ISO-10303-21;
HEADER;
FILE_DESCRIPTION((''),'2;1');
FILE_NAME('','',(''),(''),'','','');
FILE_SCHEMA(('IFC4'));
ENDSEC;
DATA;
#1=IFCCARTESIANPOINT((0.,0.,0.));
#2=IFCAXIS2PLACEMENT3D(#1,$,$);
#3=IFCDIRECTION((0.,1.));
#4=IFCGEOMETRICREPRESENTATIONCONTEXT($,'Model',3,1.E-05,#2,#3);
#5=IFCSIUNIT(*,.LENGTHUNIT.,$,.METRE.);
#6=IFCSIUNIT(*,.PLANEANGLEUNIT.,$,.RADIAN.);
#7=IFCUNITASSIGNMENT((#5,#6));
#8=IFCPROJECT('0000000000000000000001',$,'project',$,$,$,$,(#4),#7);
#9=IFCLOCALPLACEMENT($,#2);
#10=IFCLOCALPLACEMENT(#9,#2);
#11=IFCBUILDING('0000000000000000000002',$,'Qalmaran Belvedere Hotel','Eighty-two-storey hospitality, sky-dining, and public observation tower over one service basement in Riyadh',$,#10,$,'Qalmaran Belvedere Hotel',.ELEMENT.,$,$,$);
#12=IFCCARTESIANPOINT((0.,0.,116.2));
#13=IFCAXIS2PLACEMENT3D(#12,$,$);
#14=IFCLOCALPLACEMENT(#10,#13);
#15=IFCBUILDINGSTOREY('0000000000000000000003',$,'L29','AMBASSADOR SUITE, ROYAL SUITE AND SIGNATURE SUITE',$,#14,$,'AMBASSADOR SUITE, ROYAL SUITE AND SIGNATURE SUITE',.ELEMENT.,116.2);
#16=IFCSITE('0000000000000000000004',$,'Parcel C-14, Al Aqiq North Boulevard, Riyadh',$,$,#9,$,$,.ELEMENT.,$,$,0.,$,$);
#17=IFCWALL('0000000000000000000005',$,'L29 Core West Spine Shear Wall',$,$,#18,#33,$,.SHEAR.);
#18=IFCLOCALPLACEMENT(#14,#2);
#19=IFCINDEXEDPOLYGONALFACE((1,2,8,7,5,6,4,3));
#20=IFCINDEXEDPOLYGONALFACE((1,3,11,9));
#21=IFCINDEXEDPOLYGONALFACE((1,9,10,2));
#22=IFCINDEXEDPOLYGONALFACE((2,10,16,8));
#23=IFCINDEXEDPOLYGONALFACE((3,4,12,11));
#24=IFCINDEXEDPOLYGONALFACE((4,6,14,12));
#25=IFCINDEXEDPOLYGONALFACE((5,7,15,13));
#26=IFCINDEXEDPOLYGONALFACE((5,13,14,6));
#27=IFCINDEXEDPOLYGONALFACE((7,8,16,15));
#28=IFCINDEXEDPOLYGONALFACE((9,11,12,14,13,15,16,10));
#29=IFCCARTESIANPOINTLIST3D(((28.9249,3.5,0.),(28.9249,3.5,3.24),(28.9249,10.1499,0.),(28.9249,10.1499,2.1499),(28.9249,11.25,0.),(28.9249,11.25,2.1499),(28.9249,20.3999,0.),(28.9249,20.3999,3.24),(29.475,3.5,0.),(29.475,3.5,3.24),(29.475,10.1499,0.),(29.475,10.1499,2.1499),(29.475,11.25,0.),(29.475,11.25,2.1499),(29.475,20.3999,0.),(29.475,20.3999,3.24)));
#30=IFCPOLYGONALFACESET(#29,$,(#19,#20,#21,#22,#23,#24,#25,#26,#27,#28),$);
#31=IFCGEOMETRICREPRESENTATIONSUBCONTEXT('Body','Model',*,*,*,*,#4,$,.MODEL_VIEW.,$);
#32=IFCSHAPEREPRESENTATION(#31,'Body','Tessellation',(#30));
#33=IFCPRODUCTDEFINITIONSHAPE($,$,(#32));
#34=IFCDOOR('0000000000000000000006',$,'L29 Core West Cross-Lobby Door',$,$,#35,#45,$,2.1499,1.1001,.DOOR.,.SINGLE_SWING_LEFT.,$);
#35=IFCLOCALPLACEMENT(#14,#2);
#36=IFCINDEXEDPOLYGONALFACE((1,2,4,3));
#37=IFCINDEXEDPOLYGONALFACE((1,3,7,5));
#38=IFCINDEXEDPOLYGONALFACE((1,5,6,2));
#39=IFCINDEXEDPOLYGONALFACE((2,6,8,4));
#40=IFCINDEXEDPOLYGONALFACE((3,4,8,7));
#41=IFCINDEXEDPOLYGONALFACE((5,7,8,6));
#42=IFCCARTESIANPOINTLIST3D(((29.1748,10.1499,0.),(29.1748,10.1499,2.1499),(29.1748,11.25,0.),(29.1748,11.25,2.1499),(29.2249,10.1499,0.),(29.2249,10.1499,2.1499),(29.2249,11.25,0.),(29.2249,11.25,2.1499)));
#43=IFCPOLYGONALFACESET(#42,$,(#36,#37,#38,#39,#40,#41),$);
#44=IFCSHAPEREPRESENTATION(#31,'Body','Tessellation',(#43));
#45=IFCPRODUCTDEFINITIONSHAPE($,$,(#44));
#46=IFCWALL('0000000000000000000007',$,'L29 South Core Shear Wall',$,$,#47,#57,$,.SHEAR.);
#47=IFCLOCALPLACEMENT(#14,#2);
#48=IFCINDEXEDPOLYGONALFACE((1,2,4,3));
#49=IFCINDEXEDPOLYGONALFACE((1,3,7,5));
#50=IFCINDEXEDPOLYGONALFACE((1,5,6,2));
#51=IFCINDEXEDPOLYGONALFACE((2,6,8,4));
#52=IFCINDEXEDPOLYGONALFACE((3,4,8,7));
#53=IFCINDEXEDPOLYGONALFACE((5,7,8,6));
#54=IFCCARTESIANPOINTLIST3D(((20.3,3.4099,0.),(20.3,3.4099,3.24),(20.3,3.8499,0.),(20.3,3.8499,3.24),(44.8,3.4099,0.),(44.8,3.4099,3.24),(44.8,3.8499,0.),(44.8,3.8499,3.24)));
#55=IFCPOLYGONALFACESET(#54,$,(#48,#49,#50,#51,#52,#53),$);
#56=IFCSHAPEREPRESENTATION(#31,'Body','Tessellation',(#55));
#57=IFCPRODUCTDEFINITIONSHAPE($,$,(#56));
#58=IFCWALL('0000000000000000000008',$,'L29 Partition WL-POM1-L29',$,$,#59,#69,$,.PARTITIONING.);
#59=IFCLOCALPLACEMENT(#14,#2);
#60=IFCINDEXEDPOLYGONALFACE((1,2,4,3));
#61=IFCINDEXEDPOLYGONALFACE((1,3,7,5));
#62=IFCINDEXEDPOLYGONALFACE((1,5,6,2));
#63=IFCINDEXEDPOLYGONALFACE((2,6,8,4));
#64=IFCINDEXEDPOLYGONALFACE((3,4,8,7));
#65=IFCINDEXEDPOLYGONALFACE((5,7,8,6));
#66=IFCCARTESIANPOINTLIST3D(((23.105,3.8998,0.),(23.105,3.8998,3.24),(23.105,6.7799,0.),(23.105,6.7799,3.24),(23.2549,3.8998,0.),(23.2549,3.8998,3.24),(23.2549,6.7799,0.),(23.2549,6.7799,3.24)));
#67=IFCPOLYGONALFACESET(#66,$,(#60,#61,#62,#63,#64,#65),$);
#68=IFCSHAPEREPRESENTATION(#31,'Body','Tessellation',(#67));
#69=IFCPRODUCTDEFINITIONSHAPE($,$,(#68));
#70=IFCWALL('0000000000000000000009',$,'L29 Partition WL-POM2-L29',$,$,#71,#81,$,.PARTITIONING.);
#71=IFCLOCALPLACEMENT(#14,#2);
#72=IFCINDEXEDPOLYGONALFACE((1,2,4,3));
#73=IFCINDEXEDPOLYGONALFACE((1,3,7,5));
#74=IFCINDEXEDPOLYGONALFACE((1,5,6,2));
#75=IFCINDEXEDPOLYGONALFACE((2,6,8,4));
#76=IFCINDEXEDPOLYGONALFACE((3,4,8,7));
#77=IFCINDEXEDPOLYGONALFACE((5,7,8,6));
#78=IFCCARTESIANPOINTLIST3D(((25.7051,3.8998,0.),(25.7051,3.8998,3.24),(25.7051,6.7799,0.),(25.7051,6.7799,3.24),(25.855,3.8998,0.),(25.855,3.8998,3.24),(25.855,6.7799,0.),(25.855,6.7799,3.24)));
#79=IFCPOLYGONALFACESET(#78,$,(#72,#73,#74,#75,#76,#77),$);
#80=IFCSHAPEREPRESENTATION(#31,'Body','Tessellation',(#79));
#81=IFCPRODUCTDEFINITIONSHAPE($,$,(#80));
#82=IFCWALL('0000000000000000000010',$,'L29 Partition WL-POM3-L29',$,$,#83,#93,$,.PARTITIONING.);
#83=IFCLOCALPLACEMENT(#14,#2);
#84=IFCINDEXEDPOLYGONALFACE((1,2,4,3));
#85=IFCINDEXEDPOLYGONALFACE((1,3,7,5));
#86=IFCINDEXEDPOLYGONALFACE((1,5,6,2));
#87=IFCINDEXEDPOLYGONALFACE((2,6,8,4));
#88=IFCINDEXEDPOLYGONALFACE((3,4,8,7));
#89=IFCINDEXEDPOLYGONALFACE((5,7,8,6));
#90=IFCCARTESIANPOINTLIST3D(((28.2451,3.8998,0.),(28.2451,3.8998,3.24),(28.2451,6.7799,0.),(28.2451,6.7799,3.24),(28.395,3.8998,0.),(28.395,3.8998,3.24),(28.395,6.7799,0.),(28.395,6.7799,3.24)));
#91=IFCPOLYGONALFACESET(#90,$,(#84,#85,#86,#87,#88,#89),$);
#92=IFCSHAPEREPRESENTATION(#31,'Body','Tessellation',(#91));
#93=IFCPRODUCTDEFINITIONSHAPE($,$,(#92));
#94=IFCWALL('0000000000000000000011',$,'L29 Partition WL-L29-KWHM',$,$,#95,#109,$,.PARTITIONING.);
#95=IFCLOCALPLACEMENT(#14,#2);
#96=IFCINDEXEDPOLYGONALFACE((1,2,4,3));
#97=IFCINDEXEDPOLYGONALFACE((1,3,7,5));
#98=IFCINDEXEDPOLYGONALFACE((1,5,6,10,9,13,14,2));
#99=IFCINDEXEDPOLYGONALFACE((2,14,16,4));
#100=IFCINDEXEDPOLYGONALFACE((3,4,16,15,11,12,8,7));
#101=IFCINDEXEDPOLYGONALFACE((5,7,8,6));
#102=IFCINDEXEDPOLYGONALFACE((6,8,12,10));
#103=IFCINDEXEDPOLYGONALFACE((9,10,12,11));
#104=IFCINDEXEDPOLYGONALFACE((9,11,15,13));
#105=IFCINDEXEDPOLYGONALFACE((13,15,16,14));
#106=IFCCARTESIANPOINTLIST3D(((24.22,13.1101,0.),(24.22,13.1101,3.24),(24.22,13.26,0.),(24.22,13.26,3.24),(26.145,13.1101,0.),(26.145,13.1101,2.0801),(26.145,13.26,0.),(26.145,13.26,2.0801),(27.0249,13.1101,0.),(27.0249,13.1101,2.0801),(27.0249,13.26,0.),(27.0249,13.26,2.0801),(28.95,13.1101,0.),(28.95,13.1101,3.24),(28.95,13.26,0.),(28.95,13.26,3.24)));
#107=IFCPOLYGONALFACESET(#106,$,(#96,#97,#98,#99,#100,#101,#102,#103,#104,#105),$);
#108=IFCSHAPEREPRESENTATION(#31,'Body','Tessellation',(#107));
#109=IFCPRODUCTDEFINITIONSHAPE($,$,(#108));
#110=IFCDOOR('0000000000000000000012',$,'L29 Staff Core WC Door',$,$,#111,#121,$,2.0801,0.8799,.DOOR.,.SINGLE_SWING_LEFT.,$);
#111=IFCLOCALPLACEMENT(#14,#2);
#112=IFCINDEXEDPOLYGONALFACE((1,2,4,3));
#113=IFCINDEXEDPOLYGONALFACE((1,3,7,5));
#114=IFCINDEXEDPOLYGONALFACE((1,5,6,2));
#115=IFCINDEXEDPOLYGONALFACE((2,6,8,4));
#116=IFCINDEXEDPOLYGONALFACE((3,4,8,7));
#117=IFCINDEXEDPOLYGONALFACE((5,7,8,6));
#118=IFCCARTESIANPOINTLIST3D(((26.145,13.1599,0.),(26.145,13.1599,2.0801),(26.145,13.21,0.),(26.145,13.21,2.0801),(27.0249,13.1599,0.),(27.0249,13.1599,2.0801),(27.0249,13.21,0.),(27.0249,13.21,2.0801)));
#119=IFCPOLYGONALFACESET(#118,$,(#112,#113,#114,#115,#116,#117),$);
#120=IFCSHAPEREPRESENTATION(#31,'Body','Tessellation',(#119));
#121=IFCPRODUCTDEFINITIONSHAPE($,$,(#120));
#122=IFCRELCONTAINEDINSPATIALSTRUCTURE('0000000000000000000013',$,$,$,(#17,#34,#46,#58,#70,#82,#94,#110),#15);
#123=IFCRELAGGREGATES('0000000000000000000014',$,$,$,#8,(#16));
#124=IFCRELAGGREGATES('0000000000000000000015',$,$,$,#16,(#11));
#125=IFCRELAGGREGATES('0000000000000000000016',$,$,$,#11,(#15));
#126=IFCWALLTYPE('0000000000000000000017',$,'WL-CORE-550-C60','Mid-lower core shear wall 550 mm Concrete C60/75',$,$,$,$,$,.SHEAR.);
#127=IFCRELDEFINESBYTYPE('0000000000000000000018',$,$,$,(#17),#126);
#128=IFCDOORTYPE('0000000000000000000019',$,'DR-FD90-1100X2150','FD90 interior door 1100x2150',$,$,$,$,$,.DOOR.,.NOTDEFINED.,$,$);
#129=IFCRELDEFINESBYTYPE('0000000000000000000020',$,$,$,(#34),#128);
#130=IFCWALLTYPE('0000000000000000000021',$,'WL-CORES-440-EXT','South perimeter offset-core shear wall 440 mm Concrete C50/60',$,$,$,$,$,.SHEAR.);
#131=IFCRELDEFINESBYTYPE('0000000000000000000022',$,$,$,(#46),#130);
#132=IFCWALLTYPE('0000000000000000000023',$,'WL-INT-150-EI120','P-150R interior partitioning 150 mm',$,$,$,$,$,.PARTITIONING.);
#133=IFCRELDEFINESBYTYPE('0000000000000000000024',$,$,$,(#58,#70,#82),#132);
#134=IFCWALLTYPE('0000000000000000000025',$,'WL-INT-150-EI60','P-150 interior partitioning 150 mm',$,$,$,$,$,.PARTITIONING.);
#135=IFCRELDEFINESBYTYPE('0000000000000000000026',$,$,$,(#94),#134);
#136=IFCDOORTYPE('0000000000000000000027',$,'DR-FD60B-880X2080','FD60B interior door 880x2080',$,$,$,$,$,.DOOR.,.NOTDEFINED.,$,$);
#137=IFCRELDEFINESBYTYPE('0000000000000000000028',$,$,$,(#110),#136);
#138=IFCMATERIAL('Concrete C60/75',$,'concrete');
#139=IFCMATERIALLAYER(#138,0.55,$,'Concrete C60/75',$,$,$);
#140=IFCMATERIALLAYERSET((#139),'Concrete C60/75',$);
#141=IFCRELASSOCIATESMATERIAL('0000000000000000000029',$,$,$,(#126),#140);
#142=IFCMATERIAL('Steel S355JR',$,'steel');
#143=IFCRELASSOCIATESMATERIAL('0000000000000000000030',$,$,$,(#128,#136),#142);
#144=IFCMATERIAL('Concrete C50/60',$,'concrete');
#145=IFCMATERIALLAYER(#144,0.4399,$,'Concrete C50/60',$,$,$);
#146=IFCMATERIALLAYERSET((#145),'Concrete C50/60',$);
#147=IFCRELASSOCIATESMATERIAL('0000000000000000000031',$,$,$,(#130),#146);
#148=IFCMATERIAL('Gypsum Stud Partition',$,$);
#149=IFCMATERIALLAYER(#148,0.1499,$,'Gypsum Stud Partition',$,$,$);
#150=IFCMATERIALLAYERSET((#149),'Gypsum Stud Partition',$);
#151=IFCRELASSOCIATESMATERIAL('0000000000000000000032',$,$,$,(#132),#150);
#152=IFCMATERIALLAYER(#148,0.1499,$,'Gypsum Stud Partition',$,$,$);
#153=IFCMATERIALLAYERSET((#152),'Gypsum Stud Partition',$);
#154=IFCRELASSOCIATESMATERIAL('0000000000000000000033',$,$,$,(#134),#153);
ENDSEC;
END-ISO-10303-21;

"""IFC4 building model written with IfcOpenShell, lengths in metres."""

from ifc_helpers import new_model, si_unit, direction, frame, frame_2d, origin, place, context, subcontext, project, spatial, rectangle, extrude, material, layer, layer_set, type_object, element, fill, save


model = new_model("IFC4")

# Units and contexts
model_context = context("Model", 3, precision=1e-05, world=origin(), true_north=direction((0.0, 1.0)))
body_context = subcontext(model_context, "Body", "Model", "MODEL_VIEW")
ifc_project = project(units=[si_unit("LENGTHUNIT", "METRE"), si_unit("PLANEANGLEUNIT", "RADIAN")], contexts=[model_context])

# Site, building, storey
site_placement = place(None, origin())
site = spatial("IfcSite", under=ifc_project, at=site_placement, Name="Parcel C-14, Al Aqiq North Boulevard, Riyadh", CompositionType="ELEMENT", RefElevation=0.0)
building_placement = place(site_placement, origin())
building = spatial("IfcBuilding", under=site, at=building_placement, Name="Qalmaran Belvedere Hotel", Description="Eighty-two-storey hospitality, sky-dining, and public observation tower over one service basement in Riyadh", LongName="Qalmaran Belvedere Hotel", CompositionType="ELEMENT")
storey_placement = place(building_placement, frame((0.0, 0.0, 116.2)))
storey = spatial("IfcBuildingStorey", under=building, at=storey_placement, Name="L29", Description="AMBASSADOR SUITE, ROYAL SUITE AND SIGNATURE SUITE", LongName="AMBASSADOR SUITE, ROYAL SUITE AND SIGNATURE SUITE", CompositionType="ELEMENT", Elevation=116.2)

# Shared definitions
ifc_material_1 = material(Name="Concrete C60/75", Category="concrete")

# Shared definitions
ifc_material_2 = material(Name="Steel S355JR", Category="steel")

# Shared definitions
ifc_layer_1 = layer(ifc_material_1, 0.55, Name="Concrete C60/75")
ifc_layer_set_1 = layer_set([ifc_layer_1], Name="Concrete C60/75")
wall_type_1 = type_object("IfcWallType", Name="WL-CORE-550-C60", Description="Mid-lower core shear wall 550 mm Concrete C60/75", PredefinedType="SHEAR", material=ifc_layer_set_1)

# Wall, opening, door
wall_1_placement = place(storey_placement, frame((29.2, 3.5, 0.0), z_axis=(0.0, 0.0, 1.0), x_axis=(0.0, 1.0, 0.0)))
wall_1 = element("IfcWall", 1, at=wall_1_placement, inside=storey, type_object=wall_type_1, Name="L29 Core West Spine Shear Wall", PredefinedType="SHEAR", context=body_context, shape_type="SweptSolid", body=[
    extrude(rectangle(XDim=16.8999, YDim=0.55, at=frame_2d((8.45, 0.0))), origin(), (0.0, 0.0, 1.0), 3.24),
])
opening_1_placement = place(wall_1_placement, frame((7.75, 0.0, 0.0), z_axis=(0.0, 0.0, 1.0), x_axis=(-1.0, 0.0, 0.0)))
opening_1 = element("IfcOpeningElement", 2, at=opening_1_placement, cuts=wall_1, PredefinedType="OPENING", context=body_context, shape_type="SweptSolid", body=[
    extrude(rectangle(XDim=1.1001, YDim=2.1499, at=frame_2d((0.55, 1.075))), frame((0.0, 0.2852, 0.0), z_axis=(0.0, -1.0, 0.0), x_axis=(1.0, 0.0, 0.0)), (0.0, 0.0, 1.0), 0.5701),
])
door_type_1 = type_object("IfcDoorType", Name="DR-FD90-1100X2150", Description="FD90 interior door 1100x2150", OperationType="NOTDEFINED", PredefinedType="DOOR", material=ifc_material_2)
door_1_placement = place(opening_1_placement, origin())
door_1 = element("IfcDoor", 3, at=door_1_placement, inside=storey, type_object=door_type_1, Name="L29 Core West Cross-Lobby Door", OperationType="SINGLE_SWING_LEFT", OverallHeight=2.1499, OverallWidth=1.1001, PredefinedType="DOOR", context=body_context, shape_type="SweptSolid", body=[
    extrude(rectangle(XDim=1.1001, YDim=2.1499, at=frame_2d((0.55, 1.075))), frame((0.0, 0.0249, 0.0), z_axis=(0.0, -1.0, 0.0), x_axis=(1.0, 0.0, 0.0)), (0.0, 0.0, 1.0), 0.05),
])
fill(opening_1, door_1)

# Walls
ifc_material_3 = material(Name="Concrete C50/60", Category="concrete")
ifc_layer_2 = layer(ifc_material_3, 0.4399, Name="Concrete C50/60")
ifc_layer_set_2 = layer_set([ifc_layer_2], Name="Concrete C50/60")
wall_type_2 = type_object("IfcWallType", Name="WL-CORES-440-EXT", Description="South perimeter offset-core shear wall 440 mm Concrete C50/60", PredefinedType="SHEAR", material=ifc_layer_set_2)
wall_2_placement = place(storey_placement, frame((20.3, 3.6299, 0.0), z_axis=(0.0, 0.0, 1.0), x_axis=(1.0, 0.0, 0.0)))
element("IfcWall", 4, at=wall_2_placement, inside=storey, type_object=wall_type_2, Name="L29 South Core Shear Wall", PredefinedType="SHEAR", context=body_context, shape_type="SweptSolid", body=[
    extrude(rectangle(XDim=24.5, YDim=0.4399, at=frame_2d((12.25, 0.0))), origin(), (0.0, 0.0, 1.0), 3.24),
])
ifc_material_4 = material(Name="Gypsum Stud Partition")
ifc_layer_3 = layer(ifc_material_4, 0.1499, Name="Gypsum Stud Partition")
ifc_layer_set_3 = layer_set([ifc_layer_3], Name="Gypsum Stud Partition")
wall_type_3 = type_object("IfcWallType", Name="WL-INT-150-EI120", Description="P-150R interior partitioning 150 mm", PredefinedType="PARTITIONING", material=ifc_layer_set_3)
for number, where, z_axis, x_axis, name in (
    (5, (23.1799, 3.8999, 0.0), (0.0, 0.0, 1.0), (0.0, 1.0, 0.0), "L29 Partition WL-POM1-L29"),
    (6, (25.78, 3.8999, 0.0), (0.0, 0.0, 1.0), (0.0, 1.0, 0.0), "L29 Partition WL-POM2-L29"),
    (7, (28.3201, 3.8999, 0.0), (0.0, 0.0, 1.0), (0.0, 1.0, 0.0), "L29 Partition WL-POM3-L29"),
):
    element("IfcWall", number, at=place(storey_placement, frame(where, z_axis=z_axis, x_axis=x_axis)), inside=storey, type_object=wall_type_3, Name=name, PredefinedType="PARTITIONING", context=body_context, shape_type="SweptSolid", body=[
        extrude(rectangle(XDim=2.8801, YDim=0.1499, at=frame_2d((1.4399, 0.0))), origin(), (0.0, 0.0, 1.0), 3.24),
    ])

# Wall, opening, door
ifc_layer_4 = layer(ifc_material_4, 0.1499, Name="Gypsum Stud Partition")
ifc_layer_set_4 = layer_set([ifc_layer_4], Name="Gypsum Stud Partition")
wall_type_4 = type_object("IfcWallType", Name="WL-INT-150-EI60", Description="P-150 interior partitioning 150 mm", PredefinedType="PARTITIONING", material=ifc_layer_set_4)
wall_3_placement = place(storey_placement, frame((24.22, 13.1851, 0.0), z_axis=(0.0, 0.0, 1.0), x_axis=(1.0, 0.0, 0.0)))
wall_3 = element("IfcWall", 8, at=wall_3_placement, inside=storey, type_object=wall_type_4, Name="L29 Partition WL-L29-KWHM", PredefinedType="PARTITIONING", context=body_context, shape_type="SweptSolid", body=[
    extrude(rectangle(XDim=4.73, YDim=0.1499, at=frame_2d((2.365, 0.0))), origin(), (0.0, 0.0, 1.0), 3.24),
])
opening_2_placement = place(wall_3_placement, frame((1.925, 0.0, 0.0)))
opening_2 = element("IfcOpeningElement", 9, at=opening_2_placement, cuts=wall_3, PredefinedType="OPENING", context=body_context, shape_type="SweptSolid", body=[
    extrude(rectangle(XDim=0.8799, YDim=2.0801, at=frame_2d((0.4399, 1.04))), frame((0.0, 0.085, 0.0), z_axis=(0.0, -1.0, 0.0), x_axis=(1.0, 0.0, 0.0)), (0.0, 0.0, 1.0), 0.1699),
])
door_type_2 = type_object("IfcDoorType", Name="DR-FD60B-880X2080", Description="FD60B interior door 880x2080", OperationType="NOTDEFINED", PredefinedType="DOOR", material=ifc_material_2)
door_2_placement = place(opening_2_placement, origin())
door_2 = element("IfcDoor", 10, at=door_2_placement, inside=storey, type_object=door_type_2, Name="L29 Staff Core WC Door", OperationType="SINGLE_SWING_LEFT", OverallHeight=2.0801, OverallWidth=0.8799, PredefinedType="DOOR", context=body_context, shape_type="SweptSolid", body=[
    extrude(rectangle(XDim=0.8799, YDim=2.0801, at=frame_2d((0.4399, 1.04))), frame((0.0, 0.0249, 0.0), z_axis=(0.0, -1.0, 0.0), x_axis=(1.0, 0.0, 0.0)), (0.0, 0.0, 1.0), 0.05),
])
fill(opening_2, door_2)

save(model, "model.ifc")
